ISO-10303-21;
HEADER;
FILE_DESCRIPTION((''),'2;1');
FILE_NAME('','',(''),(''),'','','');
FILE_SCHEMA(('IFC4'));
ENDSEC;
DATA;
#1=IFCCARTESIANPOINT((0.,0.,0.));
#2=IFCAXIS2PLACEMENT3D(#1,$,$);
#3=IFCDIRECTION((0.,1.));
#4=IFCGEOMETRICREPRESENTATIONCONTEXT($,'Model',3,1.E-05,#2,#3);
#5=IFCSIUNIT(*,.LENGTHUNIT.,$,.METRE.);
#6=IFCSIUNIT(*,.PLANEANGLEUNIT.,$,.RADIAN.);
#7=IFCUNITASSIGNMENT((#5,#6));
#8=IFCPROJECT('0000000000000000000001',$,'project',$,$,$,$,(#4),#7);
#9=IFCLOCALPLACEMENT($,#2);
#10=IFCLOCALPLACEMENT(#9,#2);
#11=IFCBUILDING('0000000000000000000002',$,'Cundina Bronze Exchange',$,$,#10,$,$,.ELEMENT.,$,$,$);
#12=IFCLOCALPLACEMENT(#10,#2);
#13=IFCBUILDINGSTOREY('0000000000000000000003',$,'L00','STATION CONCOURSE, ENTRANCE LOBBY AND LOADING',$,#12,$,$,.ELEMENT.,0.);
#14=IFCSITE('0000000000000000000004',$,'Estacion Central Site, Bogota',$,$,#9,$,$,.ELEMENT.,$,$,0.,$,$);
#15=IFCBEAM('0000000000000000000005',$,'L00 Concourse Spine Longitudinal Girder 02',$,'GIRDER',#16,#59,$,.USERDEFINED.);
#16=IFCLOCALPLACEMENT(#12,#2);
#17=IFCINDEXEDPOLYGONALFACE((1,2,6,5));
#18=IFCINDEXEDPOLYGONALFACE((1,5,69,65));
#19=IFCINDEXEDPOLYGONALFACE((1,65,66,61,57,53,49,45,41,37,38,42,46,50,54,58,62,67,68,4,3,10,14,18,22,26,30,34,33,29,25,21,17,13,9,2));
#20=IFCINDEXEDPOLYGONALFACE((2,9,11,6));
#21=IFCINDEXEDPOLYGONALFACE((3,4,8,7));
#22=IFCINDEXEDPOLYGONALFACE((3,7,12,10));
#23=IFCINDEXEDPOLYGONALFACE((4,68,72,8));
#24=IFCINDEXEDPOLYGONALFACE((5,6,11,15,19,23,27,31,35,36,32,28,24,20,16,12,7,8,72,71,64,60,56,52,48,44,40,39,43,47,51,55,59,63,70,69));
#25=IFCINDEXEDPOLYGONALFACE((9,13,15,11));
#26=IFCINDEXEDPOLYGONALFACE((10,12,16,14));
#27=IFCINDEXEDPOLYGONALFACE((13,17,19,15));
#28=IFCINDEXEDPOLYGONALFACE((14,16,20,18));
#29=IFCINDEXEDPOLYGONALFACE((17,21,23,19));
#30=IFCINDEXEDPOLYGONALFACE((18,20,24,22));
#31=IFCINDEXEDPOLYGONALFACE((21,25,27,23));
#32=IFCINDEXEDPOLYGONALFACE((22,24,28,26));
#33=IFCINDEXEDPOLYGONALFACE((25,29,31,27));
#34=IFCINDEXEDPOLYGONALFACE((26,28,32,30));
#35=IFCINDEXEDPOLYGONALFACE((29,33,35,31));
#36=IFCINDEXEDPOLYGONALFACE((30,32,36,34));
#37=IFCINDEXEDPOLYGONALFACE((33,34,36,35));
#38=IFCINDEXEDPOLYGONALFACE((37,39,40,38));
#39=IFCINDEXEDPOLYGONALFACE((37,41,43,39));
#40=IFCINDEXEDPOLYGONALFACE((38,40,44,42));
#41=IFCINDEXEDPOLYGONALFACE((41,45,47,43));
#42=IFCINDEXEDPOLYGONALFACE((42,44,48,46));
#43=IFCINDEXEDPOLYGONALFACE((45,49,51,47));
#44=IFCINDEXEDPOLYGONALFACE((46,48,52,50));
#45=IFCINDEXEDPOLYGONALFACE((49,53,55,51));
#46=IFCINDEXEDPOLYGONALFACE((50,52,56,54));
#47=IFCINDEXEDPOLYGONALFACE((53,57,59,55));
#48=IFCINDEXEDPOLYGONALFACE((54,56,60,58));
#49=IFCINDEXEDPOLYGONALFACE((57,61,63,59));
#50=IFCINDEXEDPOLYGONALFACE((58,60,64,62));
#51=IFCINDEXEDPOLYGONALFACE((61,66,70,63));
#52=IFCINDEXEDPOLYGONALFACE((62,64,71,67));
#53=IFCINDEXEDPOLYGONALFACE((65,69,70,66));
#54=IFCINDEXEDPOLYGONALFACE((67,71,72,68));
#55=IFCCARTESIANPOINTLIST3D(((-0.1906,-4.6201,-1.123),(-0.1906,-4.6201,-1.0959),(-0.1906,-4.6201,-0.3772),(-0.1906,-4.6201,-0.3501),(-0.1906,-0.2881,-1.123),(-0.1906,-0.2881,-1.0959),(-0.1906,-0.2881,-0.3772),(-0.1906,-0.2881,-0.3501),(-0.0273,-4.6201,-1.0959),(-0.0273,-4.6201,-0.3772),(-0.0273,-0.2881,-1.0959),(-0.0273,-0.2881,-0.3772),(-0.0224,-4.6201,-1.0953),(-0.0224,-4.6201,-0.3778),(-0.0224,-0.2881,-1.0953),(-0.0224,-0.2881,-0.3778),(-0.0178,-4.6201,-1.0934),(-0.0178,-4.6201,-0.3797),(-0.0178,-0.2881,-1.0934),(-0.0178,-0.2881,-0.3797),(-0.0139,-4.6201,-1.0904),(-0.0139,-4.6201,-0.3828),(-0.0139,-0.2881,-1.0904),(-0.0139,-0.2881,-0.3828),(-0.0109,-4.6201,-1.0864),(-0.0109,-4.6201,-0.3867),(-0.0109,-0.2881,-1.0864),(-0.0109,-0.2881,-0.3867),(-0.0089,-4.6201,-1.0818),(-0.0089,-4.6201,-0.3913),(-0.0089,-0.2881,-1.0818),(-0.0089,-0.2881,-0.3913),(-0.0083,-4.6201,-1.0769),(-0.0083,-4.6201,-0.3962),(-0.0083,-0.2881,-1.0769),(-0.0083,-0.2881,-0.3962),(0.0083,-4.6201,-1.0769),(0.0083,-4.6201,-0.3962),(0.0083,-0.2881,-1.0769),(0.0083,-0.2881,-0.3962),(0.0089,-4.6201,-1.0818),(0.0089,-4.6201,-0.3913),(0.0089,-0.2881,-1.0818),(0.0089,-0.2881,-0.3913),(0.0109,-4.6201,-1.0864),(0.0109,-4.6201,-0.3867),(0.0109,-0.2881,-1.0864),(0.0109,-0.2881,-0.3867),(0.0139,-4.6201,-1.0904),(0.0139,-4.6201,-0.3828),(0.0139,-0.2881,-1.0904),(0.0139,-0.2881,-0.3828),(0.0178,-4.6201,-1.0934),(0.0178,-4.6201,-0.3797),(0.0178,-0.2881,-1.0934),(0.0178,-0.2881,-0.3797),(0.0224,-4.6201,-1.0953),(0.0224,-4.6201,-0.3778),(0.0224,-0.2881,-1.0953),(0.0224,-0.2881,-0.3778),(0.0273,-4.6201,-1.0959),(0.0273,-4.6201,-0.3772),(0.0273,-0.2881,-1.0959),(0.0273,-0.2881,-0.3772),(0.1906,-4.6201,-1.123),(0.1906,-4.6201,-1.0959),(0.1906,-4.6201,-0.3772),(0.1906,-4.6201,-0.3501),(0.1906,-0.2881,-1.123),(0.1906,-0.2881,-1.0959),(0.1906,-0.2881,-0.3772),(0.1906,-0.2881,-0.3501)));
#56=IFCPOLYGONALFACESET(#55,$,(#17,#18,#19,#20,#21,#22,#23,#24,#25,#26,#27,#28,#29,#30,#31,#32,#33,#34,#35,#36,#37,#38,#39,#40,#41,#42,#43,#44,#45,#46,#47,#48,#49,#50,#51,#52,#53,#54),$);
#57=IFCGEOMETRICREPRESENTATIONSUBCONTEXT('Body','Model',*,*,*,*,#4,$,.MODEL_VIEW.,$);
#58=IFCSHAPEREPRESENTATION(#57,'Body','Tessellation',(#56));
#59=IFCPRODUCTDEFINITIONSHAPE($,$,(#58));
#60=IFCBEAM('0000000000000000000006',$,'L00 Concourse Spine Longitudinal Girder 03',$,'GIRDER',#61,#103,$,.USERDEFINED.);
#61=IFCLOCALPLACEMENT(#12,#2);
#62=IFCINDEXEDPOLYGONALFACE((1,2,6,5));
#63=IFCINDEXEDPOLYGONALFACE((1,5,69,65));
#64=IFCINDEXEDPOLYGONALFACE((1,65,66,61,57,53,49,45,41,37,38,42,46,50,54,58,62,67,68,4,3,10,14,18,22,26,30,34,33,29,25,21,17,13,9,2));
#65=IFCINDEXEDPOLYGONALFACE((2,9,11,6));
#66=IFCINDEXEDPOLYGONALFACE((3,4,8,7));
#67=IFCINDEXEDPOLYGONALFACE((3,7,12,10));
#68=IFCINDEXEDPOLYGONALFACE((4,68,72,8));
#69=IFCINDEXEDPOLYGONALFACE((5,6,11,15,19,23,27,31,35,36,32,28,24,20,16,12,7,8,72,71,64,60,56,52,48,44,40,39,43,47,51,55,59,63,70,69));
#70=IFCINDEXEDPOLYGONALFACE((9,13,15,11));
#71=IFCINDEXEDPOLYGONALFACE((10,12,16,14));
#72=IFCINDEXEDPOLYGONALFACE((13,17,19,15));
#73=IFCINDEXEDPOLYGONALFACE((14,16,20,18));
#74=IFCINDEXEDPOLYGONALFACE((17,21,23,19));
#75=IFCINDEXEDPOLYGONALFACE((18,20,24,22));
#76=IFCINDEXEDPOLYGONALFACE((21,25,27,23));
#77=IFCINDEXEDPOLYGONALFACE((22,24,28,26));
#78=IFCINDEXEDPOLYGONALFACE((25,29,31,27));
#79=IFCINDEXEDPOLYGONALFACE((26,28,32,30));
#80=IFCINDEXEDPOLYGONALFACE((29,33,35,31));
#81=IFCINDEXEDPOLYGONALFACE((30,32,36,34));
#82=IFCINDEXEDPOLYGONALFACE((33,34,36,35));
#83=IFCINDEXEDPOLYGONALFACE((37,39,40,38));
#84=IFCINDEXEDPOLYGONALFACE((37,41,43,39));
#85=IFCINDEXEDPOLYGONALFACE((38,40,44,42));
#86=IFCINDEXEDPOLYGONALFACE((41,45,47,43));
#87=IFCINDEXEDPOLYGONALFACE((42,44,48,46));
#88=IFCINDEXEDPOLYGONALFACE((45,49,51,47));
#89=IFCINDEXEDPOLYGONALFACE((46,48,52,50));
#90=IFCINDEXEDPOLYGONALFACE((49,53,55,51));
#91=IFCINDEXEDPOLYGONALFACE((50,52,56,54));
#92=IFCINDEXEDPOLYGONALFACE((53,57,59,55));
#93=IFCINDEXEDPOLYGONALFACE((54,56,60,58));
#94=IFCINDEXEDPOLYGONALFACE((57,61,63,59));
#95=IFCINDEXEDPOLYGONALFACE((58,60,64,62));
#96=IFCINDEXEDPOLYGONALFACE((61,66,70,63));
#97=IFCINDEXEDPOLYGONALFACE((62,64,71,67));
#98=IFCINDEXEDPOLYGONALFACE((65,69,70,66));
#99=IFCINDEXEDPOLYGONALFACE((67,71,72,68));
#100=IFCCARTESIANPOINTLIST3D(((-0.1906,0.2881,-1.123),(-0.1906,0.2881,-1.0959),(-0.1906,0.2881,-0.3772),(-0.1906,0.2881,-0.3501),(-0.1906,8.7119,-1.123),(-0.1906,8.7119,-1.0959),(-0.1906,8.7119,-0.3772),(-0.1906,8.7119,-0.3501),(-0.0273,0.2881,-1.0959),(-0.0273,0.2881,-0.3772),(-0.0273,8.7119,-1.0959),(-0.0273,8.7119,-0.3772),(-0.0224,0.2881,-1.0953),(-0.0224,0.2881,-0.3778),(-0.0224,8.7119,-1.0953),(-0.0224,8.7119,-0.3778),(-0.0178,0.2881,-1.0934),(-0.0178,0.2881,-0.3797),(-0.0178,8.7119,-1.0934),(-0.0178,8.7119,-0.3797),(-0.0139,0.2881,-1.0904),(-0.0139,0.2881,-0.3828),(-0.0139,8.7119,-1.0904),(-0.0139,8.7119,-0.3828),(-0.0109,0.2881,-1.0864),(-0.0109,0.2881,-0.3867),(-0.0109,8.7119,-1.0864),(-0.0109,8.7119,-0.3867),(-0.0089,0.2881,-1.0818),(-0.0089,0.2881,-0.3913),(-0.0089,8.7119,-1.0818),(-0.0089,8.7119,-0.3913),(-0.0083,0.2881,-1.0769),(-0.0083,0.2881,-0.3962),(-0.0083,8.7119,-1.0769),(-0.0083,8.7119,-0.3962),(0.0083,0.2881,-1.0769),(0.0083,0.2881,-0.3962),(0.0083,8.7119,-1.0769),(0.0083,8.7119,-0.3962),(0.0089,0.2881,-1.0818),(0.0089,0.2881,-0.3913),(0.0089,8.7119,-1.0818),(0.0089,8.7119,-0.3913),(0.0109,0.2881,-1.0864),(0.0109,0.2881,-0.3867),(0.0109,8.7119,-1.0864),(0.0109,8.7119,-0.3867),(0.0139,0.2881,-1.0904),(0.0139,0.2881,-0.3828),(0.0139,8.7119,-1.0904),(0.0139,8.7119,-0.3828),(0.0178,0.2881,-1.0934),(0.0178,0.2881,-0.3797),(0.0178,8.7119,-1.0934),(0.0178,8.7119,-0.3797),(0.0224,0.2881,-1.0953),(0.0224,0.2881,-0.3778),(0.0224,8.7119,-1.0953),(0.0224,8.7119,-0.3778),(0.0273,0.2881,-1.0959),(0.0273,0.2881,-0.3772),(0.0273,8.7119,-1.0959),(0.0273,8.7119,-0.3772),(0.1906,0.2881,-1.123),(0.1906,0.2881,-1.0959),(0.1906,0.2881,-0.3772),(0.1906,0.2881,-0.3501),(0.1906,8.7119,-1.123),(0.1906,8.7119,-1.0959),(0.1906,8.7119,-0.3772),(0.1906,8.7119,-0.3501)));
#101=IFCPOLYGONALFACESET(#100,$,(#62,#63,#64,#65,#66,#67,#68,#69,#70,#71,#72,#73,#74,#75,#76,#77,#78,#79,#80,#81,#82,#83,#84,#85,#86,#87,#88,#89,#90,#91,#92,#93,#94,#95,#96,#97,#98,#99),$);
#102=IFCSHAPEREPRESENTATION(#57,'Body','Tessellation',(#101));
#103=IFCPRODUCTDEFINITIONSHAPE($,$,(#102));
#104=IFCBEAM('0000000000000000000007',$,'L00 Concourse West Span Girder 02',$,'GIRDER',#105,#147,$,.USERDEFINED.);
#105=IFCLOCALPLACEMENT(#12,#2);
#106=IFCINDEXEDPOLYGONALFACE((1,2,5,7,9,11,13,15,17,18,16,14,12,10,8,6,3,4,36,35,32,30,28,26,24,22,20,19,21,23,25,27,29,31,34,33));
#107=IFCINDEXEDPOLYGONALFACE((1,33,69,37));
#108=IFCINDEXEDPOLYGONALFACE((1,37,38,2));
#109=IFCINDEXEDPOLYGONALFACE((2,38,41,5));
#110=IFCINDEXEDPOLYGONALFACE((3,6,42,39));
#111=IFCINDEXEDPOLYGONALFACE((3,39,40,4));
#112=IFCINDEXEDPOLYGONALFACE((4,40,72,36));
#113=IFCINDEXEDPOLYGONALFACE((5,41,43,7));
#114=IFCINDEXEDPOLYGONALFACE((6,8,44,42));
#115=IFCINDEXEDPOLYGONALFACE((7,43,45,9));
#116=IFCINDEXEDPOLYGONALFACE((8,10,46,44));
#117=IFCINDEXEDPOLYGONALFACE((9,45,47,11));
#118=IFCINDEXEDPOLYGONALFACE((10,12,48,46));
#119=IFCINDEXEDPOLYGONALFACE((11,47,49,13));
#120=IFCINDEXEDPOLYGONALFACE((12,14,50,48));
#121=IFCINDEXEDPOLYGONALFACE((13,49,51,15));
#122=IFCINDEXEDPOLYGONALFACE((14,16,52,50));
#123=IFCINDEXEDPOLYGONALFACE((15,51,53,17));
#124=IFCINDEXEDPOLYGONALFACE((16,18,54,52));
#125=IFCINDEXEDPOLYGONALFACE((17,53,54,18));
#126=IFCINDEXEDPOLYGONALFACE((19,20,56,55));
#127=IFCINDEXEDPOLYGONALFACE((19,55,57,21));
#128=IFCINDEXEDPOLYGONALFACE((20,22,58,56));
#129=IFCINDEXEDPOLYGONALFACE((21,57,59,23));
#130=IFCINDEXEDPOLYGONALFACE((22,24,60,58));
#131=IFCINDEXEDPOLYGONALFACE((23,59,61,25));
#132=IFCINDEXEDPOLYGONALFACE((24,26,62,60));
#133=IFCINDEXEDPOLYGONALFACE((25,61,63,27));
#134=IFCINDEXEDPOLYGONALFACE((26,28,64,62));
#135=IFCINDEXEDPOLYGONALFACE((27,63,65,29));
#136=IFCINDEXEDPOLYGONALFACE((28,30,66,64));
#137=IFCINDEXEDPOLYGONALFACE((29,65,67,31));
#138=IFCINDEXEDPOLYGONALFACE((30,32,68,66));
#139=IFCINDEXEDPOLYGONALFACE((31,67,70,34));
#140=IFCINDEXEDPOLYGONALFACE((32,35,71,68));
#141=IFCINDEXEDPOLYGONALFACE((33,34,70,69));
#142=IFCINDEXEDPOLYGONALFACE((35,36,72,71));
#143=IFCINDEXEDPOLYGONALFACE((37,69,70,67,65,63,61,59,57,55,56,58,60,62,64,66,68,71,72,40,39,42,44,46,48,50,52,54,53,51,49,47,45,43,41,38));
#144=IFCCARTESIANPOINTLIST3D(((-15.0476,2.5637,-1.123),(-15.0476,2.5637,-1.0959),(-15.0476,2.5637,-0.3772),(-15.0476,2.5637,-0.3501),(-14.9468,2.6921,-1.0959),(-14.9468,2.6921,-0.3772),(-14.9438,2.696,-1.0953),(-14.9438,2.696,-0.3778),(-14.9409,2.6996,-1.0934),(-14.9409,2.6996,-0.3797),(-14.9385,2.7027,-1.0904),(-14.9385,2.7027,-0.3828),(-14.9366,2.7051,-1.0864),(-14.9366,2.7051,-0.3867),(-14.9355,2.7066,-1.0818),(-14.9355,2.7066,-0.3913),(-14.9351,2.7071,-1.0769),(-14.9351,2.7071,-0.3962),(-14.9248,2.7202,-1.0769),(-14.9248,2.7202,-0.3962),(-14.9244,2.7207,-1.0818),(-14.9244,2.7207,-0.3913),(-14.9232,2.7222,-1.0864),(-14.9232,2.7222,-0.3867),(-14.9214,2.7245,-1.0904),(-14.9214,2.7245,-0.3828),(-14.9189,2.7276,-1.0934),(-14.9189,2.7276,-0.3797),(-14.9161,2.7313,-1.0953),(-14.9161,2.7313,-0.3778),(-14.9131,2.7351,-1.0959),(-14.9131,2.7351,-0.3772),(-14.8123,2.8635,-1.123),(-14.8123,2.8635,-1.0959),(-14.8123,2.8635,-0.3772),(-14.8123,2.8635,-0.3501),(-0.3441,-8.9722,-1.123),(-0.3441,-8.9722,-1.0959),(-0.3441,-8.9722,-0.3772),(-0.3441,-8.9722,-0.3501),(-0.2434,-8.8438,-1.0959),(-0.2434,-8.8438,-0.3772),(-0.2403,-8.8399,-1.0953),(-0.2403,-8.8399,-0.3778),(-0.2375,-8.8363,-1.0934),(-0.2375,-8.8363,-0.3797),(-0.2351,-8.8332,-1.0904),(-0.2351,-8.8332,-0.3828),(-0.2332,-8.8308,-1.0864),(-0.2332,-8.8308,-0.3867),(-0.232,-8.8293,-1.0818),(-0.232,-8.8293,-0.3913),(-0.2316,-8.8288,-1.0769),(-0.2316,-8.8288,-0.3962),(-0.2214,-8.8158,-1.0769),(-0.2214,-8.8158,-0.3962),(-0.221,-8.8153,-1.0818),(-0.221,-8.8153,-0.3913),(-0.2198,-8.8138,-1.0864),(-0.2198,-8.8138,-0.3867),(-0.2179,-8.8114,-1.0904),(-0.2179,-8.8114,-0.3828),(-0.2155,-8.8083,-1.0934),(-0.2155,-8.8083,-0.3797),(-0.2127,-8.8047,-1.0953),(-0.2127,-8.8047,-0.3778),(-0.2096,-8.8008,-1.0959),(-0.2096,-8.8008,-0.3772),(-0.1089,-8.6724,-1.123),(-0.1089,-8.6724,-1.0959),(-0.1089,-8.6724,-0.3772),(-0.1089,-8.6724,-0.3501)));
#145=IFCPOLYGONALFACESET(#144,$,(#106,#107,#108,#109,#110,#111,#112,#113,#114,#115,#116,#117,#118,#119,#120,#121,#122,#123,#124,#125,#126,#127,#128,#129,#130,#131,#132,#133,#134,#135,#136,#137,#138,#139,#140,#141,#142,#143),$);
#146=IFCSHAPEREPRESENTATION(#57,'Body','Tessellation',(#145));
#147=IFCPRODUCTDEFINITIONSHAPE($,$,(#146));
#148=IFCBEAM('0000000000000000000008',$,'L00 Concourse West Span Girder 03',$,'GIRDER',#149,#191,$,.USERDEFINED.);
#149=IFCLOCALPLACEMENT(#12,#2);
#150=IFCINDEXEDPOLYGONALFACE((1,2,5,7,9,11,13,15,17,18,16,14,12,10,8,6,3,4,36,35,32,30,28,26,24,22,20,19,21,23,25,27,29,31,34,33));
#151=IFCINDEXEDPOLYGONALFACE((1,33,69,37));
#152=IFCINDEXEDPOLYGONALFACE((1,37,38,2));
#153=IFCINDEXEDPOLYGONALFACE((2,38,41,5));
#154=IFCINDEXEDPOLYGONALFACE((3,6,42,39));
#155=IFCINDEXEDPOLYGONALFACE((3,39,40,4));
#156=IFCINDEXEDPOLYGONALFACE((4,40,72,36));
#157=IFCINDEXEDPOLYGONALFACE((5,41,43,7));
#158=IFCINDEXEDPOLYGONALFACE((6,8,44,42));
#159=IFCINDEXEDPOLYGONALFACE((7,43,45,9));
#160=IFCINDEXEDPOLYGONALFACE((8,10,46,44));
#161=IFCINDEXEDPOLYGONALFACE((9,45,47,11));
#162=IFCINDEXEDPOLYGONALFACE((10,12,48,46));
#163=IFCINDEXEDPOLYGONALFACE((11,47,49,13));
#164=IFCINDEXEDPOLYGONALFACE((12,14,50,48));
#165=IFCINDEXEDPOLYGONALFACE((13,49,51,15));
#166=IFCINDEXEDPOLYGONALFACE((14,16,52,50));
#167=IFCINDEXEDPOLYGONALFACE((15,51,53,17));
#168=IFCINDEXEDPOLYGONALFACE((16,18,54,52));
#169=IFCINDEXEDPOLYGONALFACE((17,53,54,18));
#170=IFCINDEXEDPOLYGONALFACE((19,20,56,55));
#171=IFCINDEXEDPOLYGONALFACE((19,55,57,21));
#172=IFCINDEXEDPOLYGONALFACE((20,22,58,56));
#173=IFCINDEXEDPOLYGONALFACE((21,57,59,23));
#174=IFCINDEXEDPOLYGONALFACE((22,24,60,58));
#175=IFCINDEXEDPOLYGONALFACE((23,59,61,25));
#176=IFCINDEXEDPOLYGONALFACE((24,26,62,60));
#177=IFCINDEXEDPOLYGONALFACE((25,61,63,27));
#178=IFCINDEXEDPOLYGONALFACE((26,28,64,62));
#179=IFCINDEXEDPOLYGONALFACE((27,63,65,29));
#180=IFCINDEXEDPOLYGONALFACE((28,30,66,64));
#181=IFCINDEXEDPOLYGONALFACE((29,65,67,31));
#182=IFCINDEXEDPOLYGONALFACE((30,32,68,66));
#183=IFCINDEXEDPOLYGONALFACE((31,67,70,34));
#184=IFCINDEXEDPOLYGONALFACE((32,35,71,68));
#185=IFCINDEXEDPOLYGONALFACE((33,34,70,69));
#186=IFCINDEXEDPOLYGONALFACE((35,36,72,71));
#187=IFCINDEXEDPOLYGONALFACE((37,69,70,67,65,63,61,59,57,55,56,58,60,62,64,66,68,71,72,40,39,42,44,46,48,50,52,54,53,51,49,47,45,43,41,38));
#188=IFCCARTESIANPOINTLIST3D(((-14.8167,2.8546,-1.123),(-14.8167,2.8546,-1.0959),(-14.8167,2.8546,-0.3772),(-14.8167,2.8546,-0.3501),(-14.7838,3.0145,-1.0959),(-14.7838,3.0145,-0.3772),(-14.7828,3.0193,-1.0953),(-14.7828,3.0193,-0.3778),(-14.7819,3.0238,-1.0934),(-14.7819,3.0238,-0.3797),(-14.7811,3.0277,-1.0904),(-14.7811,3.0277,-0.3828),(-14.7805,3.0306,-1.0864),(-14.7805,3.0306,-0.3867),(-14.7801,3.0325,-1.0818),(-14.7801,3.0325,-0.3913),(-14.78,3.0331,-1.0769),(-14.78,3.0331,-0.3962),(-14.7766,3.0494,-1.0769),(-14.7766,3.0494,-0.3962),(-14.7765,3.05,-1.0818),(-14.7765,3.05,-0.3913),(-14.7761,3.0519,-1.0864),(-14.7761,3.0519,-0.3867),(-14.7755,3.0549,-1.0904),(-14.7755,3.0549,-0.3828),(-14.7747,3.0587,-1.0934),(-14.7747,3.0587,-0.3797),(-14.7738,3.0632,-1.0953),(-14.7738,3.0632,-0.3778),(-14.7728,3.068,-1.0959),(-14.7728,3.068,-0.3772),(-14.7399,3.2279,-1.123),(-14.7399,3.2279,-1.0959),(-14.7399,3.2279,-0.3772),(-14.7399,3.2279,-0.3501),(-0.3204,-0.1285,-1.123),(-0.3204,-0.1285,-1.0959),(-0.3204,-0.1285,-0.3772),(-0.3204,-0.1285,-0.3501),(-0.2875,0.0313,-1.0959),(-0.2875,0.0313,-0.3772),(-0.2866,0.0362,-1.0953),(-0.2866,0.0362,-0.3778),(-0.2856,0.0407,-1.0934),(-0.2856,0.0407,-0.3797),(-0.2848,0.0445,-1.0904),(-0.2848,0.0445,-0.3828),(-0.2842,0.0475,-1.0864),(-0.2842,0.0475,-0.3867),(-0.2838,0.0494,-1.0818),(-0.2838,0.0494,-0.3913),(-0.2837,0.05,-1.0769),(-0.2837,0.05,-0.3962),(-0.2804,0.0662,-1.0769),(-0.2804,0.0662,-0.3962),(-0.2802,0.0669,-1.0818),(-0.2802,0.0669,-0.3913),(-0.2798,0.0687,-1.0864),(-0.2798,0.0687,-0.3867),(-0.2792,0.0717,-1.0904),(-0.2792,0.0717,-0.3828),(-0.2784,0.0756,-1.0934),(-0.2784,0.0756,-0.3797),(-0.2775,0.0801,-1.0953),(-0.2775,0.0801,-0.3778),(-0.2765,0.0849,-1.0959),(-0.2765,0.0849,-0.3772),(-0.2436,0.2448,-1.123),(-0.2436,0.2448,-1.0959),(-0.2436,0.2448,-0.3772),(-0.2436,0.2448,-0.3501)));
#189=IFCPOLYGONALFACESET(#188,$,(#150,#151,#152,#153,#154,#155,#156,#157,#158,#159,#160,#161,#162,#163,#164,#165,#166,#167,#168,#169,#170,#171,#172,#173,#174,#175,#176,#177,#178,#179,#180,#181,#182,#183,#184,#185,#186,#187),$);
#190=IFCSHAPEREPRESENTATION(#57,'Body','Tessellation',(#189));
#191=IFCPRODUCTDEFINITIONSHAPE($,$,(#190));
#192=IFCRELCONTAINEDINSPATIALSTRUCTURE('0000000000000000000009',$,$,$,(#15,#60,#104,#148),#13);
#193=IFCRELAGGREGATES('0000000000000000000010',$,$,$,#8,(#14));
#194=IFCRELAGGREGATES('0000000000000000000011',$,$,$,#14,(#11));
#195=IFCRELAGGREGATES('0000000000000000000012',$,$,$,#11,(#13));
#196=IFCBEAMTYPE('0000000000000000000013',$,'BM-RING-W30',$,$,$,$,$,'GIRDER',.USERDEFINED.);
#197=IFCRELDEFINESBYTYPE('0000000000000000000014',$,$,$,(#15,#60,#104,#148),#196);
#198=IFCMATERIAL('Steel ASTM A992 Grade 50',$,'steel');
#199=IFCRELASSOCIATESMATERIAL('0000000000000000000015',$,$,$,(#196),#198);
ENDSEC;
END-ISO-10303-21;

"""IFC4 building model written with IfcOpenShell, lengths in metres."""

from ifc_helpers import new_model, si_unit, direction, frame, origin, origin_2d, place, context, subcontext, project, spatial, i_section, extrude, material, material_profile, profile_set, type_object, element, save


model = new_model("IFC4")

# Units and contexts
model_context = context("Model", 3, precision=1e-05, world=origin(), true_north=direction((0.0, 1.0)))
body_context = subcontext(model_context, "Body", "Model", "MODEL_VIEW")
ifc_project = project(units=[si_unit("LENGTHUNIT", "METRE"), si_unit("PLANEANGLEUNIT", "RADIAN")], contexts=[model_context])

# Site, building, storey
site_placement = place(None, origin())
site = spatial("IfcSite", under=ifc_project, at=site_placement, Name="Estacion Central Site, Bogota", CompositionType="ELEMENT", RefElevation=0.0)
building_placement = place(site_placement, origin())
building = spatial("IfcBuilding", under=site, at=building_placement, Name="Cundina Bronze Exchange", CompositionType="ELEMENT")
storey_placement = place(building_placement, origin())
storey = spatial("IfcBuildingStorey", under=building, at=storey_placement, Name="L00", Description="STATION CONCOURSE, ENTRANCE LOBBY AND LOADING", CompositionType="ELEMENT", Elevation=0.0)

# Beams
ifc_material_1 = material(Name="Steel ASTM A992 Grade 50", Category="steel")
ifc_material_profile_1 = material_profile(ifc_material_1, i_section(OverallWidth=0.3811, OverallDepth=0.7729, WebThickness=0.0166, FlangeThickness=0.0271, FilletRadius=0.019, at=origin_2d()), Name="W30X173", Category="steel")
ifc_profile_set_1 = profile_set([ifc_material_profile_1], Name="Steel ASTM A992 Grade 50")
beam_type_1 = type_object("IfcBeamType", Name="BM-RING-W30", ElementType="GIRDER", PredefinedType="USERDEFINED", material=ifc_profile_set_1)
beam_1_placement = place(storey_placement, frame((0.0, -4.6201, -0.7366), z_axis=(0.0, 1.0, 0.0), x_axis=(-1.0, 0.0, 0.0)))
element("IfcBeam", 1, at=beam_1_placement, inside=storey, type_object=beam_type_1, Name="L00 Concourse Spine Longitudinal Girder 02", ObjectType="GIRDER", PredefinedType="USERDEFINED", context=body_context, shape_type="SweptSolid", body=[
    extrude(i_section(OverallWidth=0.3811, OverallDepth=0.7729, WebThickness=0.0166, FlangeThickness=0.0271, FilletRadius=0.019, at=origin_2d()), origin(), (0.0, 0.0, 1.0), 4.332),
])
beam_2_placement = place(storey_placement, frame((0.0, 0.2881, -0.7366), z_axis=(0.0, 1.0, 0.0), x_axis=(-1.0, 0.0, 0.0)))
element("IfcBeam", 2, at=beam_2_placement, inside=storey, type_object=beam_type_1, Name="L00 Concourse Spine Longitudinal Girder 03", ObjectType="GIRDER", PredefinedType="USERDEFINED", context=body_context, shape_type="SweptSolid", body=[
    extrude(i_section(OverallWidth=0.3811, OverallDepth=0.7729, WebThickness=0.0166, FlangeThickness=0.0271, FilletRadius=0.019, at=origin_2d()), origin(), (0.0, 0.0, 1.0), 8.4238),
])
beam_3_placement = place(storey_placement, frame((-14.9299, 2.7136, -0.7366), z_axis=(0.786754, -0.617267, 0.0), x_axis=(0.617267, 0.786754, 0.0)))
element("IfcBeam", 3, at=beam_3_placement, inside=storey, type_object=beam_type_1, Name="L00 Concourse West Span Girder 02", ObjectType="GIRDER", PredefinedType="USERDEFINED", context=body_context, shape_type="SweptSolid", body=[
    extrude(i_section(OverallWidth=0.3811, OverallDepth=0.7729, WebThickness=0.0166, FlangeThickness=0.0271, FilletRadius=0.019, at=origin_2d()), origin(), (0.0, 0.0, 1.0), 18.6887),
])
beam_4_placement = place(storey_placement, frame((-14.7783, 3.0413, -0.7366), z_axis=(0.979476, -0.201563, 0.0), x_axis=(0.201563, 0.979476, 0.0)))
element("IfcBeam", 4, at=beam_4_placement, inside=storey, type_object=beam_type_1, Name="L00 Concourse West Span Girder 03", ObjectType="GIRDER", PredefinedType="USERDEFINED", context=body_context, shape_type="SweptSolid", body=[
    extrude(i_section(OverallWidth=0.3811, OverallDepth=0.7729, WebThickness=0.0166, FlangeThickness=0.0271, FilletRadius=0.019, at=origin_2d()), origin(), (0.0, 0.0, 1.0), 14.8),
])

save(model, "model.ifc")
